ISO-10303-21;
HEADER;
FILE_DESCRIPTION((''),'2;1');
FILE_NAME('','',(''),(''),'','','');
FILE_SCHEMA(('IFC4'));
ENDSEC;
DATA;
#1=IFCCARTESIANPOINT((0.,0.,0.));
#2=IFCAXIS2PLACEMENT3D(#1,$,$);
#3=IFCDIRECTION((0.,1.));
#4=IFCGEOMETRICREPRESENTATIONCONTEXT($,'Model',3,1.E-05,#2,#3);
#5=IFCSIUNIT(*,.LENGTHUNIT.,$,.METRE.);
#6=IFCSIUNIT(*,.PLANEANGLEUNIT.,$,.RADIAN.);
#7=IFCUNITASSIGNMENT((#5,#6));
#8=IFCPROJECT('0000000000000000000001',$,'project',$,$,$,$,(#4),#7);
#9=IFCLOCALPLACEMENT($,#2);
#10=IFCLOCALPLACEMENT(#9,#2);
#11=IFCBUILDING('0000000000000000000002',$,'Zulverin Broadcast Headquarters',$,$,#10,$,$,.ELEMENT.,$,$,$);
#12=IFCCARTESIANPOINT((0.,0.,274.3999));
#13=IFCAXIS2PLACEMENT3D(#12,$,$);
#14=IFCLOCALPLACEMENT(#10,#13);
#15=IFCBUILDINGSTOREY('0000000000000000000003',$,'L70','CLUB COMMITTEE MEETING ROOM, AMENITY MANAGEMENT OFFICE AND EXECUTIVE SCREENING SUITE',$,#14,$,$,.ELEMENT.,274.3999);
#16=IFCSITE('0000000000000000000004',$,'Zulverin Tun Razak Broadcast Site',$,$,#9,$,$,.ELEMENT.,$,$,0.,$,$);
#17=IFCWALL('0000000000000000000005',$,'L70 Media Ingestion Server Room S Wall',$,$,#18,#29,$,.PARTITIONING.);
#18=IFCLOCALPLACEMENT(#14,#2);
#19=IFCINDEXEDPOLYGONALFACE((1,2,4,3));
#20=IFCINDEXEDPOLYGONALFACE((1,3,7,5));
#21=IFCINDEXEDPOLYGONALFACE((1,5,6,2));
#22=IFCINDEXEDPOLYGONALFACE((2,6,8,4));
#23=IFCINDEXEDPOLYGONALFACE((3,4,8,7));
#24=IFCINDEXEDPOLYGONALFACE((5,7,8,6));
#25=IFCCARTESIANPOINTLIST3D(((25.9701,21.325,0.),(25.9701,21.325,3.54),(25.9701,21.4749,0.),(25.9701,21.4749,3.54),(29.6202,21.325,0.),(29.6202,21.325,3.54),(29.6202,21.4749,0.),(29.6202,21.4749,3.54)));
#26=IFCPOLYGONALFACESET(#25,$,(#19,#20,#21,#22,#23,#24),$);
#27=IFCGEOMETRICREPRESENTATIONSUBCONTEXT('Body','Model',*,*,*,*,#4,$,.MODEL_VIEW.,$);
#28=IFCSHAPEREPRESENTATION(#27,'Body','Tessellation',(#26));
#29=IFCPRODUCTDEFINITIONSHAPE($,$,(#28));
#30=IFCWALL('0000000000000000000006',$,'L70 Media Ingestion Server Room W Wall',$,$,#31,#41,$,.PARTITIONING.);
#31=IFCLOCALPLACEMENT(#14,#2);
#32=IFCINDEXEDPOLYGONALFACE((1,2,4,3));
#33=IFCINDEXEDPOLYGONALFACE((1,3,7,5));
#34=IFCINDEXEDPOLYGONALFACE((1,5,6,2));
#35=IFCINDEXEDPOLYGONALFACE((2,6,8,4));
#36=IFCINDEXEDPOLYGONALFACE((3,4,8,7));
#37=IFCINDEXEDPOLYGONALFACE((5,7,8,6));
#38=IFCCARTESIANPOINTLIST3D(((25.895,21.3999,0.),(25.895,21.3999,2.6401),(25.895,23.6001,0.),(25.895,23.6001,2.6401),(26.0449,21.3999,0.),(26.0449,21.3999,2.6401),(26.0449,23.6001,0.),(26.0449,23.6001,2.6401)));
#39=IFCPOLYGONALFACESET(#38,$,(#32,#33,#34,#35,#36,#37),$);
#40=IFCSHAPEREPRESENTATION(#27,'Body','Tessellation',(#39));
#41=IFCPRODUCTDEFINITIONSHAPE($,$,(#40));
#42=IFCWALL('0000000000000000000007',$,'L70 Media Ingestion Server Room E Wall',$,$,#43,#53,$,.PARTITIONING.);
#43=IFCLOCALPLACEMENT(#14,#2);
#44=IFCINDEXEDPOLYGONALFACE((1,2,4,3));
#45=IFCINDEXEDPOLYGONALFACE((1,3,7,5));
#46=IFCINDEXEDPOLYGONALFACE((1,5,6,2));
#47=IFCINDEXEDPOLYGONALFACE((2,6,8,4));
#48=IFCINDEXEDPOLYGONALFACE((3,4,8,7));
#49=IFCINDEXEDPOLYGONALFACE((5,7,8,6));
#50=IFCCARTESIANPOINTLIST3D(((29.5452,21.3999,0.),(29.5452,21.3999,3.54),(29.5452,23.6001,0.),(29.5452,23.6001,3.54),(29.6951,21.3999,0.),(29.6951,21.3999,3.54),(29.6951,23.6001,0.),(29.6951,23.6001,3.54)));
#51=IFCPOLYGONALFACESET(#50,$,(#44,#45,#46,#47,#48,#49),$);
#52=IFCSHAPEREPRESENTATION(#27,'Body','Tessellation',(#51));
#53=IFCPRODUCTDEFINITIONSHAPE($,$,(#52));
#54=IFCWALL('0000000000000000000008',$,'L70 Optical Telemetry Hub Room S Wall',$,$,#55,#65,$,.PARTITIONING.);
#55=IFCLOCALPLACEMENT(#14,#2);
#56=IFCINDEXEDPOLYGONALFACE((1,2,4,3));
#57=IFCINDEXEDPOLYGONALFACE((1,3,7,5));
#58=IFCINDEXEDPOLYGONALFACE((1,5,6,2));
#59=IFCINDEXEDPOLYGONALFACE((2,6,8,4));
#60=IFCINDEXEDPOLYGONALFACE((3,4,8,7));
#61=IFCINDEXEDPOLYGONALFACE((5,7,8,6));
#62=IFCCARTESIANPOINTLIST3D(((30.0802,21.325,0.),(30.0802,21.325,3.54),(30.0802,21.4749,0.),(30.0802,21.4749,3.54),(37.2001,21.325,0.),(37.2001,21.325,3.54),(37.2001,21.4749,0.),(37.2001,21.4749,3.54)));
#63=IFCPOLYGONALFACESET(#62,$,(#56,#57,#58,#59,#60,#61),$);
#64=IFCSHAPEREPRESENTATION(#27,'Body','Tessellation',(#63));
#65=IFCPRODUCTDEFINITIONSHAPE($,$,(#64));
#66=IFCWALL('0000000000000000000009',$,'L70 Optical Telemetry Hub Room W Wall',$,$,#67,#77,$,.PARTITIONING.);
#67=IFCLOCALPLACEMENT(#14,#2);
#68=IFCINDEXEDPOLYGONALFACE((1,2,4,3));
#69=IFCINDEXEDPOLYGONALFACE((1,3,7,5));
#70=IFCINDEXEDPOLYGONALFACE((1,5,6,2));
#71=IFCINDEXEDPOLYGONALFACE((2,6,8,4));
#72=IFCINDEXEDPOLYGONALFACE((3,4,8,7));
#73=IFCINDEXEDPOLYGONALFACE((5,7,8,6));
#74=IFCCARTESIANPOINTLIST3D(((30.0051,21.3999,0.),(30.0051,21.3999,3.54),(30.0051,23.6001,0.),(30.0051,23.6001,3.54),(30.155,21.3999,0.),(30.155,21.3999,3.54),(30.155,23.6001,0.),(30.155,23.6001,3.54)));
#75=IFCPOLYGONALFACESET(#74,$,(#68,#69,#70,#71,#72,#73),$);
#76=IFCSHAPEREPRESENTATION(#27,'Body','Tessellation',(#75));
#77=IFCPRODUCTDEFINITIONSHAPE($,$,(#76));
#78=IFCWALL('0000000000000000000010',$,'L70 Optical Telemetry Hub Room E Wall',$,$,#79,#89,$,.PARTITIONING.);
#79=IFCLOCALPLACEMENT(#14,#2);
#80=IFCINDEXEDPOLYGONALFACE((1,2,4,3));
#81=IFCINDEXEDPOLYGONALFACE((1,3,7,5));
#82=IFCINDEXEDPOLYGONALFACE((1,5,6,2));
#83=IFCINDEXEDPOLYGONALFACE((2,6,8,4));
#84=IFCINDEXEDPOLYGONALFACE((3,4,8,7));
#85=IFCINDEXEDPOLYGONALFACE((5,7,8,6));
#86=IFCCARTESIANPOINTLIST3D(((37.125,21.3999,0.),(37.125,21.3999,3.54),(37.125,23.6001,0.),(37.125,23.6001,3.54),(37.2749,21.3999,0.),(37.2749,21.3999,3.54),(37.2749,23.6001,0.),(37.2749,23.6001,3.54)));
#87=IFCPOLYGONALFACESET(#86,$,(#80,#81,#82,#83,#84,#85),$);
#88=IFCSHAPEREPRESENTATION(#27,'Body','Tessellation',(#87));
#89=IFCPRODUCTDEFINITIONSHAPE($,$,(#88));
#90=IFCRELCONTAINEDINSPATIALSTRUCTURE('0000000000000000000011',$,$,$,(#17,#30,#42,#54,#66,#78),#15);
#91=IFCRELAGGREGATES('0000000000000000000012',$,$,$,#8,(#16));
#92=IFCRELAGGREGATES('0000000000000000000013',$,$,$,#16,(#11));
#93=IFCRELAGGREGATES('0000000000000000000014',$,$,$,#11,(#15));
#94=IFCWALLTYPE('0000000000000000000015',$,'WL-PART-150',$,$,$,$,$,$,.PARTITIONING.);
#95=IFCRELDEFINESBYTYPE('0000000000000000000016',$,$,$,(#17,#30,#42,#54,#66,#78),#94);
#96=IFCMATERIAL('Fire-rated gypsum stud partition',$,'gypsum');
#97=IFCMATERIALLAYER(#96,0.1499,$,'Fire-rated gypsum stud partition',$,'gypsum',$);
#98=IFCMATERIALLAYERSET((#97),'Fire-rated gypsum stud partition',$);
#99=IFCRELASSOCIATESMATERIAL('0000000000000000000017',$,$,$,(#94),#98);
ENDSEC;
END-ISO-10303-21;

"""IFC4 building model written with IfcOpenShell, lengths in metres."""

from ifc_helpers import new_model, si_unit, direction, frame, frame_2d, origin, place, context, subcontext, project, spatial, rectangle, extrude, material, layer, layer_set, type_object, element, save


model = new_model("IFC4")

# Units and contexts
model_context = context("Model", 3, precision=1e-05, world=origin(), true_north=direction((0.0, 1.0)))
body_context = subcontext(model_context, "Body", "Model", "MODEL_VIEW")
ifc_project = project(units=[si_unit("LENGTHUNIT", "METRE"), si_unit("PLANEANGLEUNIT", "RADIAN")], contexts=[model_context])

# Site, building, storey
site_placement = place(None, origin())
site = spatial("IfcSite", under=ifc_project, at=site_placement, Name="Zulverin Tun Razak Broadcast Site", CompositionType="ELEMENT", RefElevation=0.0)
building_placement = place(site_placement, origin())
building = spatial("IfcBuilding", under=site, at=building_placement, Name="Zulverin Broadcast Headquarters", CompositionType="ELEMENT")
storey_placement = place(building_placement, frame((0.0, 0.0, 274.3999)))
storey = spatial("IfcBuildingStorey", under=building, at=storey_placement, Name="L70", Description="CLUB COMMITTEE MEETING ROOM, AMENITY MANAGEMENT OFFICE AND EXECUTIVE SCREENING SUITE", CompositionType="ELEMENT", Elevation=274.3999)

# Shared definitions
ifc_material_1 = material(Name="Fire-rated gypsum stud partition", Category="gypsum")
ifc_layer = layer(ifc_material_1, 0.1499, Name="Fire-rated gypsum stud partition", Category="gypsum")
ifc_layer_set = layer_set([ifc_layer], Name="Fire-rated gypsum stud partition")
wall_type = type_object("IfcWallType", Name="WL-PART-150", PredefinedType="PARTITIONING", material=ifc_layer_set)

# Walls
wall_1_placement = place(storey_placement, frame((25.97, 21.3999, 0.0), z_axis=(0.0, 0.0, 1.0), x_axis=(1.0, 0.0, 0.0)))
element("IfcWall", 1, at=wall_1_placement, inside=storey, type_object=wall_type, Name="L70 Media Ingestion Server Room S Wall", PredefinedType="PARTITIONING", context=body_context, shape_type="SweptSolid", body=[
    extrude(rectangle(XDim=3.6501, YDim=0.1499, at=frame_2d((1.8252, 0.0))), origin(), (0.0, 0.0, 1.0), 3.54),
])
wall_2_placement = place(storey_placement, frame((25.97, 21.3999, 0.0), z_axis=(0.0, 0.0, 1.0), x_axis=(0.0, 1.0, 0.0)))
element("IfcWall", 2, at=wall_2_placement, inside=storey, type_object=wall_type, Name="L70 Media Ingestion Server Room W Wall", PredefinedType="PARTITIONING", context=body_context, shape_type="SweptSolid", body=[
    extrude(rectangle(XDim=2.2002, YDim=0.1499, at=frame_2d((1.1001, 0.0))), origin(), (0.0, 0.0, 1.0), 2.6401),
])
wall_3_placement = place(storey_placement, frame((29.6201, 21.3999, 0.0), z_axis=(0.0, 0.0, 1.0), x_axis=(0.0, 1.0, 0.0)))
element("IfcWall", 3, at=wall_3_placement, inside=storey, type_object=wall_type, Name="L70 Media Ingestion Server Room E Wall", PredefinedType="PARTITIONING", context=body_context, shape_type="SweptSolid", body=[
    extrude(rectangle(XDim=2.2002, YDim=0.1499, at=frame_2d((1.1001, 0.0))), origin(), (0.0, 0.0, 1.0), 3.54),
])
wall_4_placement = place(storey_placement, frame((30.0801, 21.3999, 0.0), z_axis=(0.0, 0.0, 1.0), x_axis=(1.0, 0.0, 0.0)))
element("IfcWall", 4, at=wall_4_placement, inside=storey, type_object=wall_type, Name="L70 Optical Telemetry Hub Room S Wall", PredefinedType="PARTITIONING", context=body_context, shape_type="SweptSolid", body=[
    extrude(rectangle(XDim=7.1199, YDim=0.1499, at=frame_2d((3.5601, 0.0))), origin(), (0.0, 0.0, 1.0), 3.54),
])
for number, where, z_axis, x_axis, name in (
    (5, (30.0801, 21.3999, 0.0), (0.0, 0.0, 1.0), (0.0, 1.0, 0.0), "L70 Optical Telemetry Hub Room W Wall"),
    (6, (37.2, 21.3999, 0.0), (0.0, 0.0, 1.0), (0.0, 1.0, 0.0), "L70 Optical Telemetry Hub Room E Wall"),
):
    element("IfcWall", number, at=place(storey_placement, frame(where, z_axis=z_axis, x_axis=x_axis)), inside=storey, type_object=wall_type, Name=name, PredefinedType="PARTITIONING", context=body_context, shape_type="SweptSolid", body=[
        extrude(rectangle(XDim=2.2002, YDim=0.1499, at=frame_2d((1.1001, 0.0))), origin(), (0.0, 0.0, 1.0), 3.54),
    ])

save(model, "model.ifc")
